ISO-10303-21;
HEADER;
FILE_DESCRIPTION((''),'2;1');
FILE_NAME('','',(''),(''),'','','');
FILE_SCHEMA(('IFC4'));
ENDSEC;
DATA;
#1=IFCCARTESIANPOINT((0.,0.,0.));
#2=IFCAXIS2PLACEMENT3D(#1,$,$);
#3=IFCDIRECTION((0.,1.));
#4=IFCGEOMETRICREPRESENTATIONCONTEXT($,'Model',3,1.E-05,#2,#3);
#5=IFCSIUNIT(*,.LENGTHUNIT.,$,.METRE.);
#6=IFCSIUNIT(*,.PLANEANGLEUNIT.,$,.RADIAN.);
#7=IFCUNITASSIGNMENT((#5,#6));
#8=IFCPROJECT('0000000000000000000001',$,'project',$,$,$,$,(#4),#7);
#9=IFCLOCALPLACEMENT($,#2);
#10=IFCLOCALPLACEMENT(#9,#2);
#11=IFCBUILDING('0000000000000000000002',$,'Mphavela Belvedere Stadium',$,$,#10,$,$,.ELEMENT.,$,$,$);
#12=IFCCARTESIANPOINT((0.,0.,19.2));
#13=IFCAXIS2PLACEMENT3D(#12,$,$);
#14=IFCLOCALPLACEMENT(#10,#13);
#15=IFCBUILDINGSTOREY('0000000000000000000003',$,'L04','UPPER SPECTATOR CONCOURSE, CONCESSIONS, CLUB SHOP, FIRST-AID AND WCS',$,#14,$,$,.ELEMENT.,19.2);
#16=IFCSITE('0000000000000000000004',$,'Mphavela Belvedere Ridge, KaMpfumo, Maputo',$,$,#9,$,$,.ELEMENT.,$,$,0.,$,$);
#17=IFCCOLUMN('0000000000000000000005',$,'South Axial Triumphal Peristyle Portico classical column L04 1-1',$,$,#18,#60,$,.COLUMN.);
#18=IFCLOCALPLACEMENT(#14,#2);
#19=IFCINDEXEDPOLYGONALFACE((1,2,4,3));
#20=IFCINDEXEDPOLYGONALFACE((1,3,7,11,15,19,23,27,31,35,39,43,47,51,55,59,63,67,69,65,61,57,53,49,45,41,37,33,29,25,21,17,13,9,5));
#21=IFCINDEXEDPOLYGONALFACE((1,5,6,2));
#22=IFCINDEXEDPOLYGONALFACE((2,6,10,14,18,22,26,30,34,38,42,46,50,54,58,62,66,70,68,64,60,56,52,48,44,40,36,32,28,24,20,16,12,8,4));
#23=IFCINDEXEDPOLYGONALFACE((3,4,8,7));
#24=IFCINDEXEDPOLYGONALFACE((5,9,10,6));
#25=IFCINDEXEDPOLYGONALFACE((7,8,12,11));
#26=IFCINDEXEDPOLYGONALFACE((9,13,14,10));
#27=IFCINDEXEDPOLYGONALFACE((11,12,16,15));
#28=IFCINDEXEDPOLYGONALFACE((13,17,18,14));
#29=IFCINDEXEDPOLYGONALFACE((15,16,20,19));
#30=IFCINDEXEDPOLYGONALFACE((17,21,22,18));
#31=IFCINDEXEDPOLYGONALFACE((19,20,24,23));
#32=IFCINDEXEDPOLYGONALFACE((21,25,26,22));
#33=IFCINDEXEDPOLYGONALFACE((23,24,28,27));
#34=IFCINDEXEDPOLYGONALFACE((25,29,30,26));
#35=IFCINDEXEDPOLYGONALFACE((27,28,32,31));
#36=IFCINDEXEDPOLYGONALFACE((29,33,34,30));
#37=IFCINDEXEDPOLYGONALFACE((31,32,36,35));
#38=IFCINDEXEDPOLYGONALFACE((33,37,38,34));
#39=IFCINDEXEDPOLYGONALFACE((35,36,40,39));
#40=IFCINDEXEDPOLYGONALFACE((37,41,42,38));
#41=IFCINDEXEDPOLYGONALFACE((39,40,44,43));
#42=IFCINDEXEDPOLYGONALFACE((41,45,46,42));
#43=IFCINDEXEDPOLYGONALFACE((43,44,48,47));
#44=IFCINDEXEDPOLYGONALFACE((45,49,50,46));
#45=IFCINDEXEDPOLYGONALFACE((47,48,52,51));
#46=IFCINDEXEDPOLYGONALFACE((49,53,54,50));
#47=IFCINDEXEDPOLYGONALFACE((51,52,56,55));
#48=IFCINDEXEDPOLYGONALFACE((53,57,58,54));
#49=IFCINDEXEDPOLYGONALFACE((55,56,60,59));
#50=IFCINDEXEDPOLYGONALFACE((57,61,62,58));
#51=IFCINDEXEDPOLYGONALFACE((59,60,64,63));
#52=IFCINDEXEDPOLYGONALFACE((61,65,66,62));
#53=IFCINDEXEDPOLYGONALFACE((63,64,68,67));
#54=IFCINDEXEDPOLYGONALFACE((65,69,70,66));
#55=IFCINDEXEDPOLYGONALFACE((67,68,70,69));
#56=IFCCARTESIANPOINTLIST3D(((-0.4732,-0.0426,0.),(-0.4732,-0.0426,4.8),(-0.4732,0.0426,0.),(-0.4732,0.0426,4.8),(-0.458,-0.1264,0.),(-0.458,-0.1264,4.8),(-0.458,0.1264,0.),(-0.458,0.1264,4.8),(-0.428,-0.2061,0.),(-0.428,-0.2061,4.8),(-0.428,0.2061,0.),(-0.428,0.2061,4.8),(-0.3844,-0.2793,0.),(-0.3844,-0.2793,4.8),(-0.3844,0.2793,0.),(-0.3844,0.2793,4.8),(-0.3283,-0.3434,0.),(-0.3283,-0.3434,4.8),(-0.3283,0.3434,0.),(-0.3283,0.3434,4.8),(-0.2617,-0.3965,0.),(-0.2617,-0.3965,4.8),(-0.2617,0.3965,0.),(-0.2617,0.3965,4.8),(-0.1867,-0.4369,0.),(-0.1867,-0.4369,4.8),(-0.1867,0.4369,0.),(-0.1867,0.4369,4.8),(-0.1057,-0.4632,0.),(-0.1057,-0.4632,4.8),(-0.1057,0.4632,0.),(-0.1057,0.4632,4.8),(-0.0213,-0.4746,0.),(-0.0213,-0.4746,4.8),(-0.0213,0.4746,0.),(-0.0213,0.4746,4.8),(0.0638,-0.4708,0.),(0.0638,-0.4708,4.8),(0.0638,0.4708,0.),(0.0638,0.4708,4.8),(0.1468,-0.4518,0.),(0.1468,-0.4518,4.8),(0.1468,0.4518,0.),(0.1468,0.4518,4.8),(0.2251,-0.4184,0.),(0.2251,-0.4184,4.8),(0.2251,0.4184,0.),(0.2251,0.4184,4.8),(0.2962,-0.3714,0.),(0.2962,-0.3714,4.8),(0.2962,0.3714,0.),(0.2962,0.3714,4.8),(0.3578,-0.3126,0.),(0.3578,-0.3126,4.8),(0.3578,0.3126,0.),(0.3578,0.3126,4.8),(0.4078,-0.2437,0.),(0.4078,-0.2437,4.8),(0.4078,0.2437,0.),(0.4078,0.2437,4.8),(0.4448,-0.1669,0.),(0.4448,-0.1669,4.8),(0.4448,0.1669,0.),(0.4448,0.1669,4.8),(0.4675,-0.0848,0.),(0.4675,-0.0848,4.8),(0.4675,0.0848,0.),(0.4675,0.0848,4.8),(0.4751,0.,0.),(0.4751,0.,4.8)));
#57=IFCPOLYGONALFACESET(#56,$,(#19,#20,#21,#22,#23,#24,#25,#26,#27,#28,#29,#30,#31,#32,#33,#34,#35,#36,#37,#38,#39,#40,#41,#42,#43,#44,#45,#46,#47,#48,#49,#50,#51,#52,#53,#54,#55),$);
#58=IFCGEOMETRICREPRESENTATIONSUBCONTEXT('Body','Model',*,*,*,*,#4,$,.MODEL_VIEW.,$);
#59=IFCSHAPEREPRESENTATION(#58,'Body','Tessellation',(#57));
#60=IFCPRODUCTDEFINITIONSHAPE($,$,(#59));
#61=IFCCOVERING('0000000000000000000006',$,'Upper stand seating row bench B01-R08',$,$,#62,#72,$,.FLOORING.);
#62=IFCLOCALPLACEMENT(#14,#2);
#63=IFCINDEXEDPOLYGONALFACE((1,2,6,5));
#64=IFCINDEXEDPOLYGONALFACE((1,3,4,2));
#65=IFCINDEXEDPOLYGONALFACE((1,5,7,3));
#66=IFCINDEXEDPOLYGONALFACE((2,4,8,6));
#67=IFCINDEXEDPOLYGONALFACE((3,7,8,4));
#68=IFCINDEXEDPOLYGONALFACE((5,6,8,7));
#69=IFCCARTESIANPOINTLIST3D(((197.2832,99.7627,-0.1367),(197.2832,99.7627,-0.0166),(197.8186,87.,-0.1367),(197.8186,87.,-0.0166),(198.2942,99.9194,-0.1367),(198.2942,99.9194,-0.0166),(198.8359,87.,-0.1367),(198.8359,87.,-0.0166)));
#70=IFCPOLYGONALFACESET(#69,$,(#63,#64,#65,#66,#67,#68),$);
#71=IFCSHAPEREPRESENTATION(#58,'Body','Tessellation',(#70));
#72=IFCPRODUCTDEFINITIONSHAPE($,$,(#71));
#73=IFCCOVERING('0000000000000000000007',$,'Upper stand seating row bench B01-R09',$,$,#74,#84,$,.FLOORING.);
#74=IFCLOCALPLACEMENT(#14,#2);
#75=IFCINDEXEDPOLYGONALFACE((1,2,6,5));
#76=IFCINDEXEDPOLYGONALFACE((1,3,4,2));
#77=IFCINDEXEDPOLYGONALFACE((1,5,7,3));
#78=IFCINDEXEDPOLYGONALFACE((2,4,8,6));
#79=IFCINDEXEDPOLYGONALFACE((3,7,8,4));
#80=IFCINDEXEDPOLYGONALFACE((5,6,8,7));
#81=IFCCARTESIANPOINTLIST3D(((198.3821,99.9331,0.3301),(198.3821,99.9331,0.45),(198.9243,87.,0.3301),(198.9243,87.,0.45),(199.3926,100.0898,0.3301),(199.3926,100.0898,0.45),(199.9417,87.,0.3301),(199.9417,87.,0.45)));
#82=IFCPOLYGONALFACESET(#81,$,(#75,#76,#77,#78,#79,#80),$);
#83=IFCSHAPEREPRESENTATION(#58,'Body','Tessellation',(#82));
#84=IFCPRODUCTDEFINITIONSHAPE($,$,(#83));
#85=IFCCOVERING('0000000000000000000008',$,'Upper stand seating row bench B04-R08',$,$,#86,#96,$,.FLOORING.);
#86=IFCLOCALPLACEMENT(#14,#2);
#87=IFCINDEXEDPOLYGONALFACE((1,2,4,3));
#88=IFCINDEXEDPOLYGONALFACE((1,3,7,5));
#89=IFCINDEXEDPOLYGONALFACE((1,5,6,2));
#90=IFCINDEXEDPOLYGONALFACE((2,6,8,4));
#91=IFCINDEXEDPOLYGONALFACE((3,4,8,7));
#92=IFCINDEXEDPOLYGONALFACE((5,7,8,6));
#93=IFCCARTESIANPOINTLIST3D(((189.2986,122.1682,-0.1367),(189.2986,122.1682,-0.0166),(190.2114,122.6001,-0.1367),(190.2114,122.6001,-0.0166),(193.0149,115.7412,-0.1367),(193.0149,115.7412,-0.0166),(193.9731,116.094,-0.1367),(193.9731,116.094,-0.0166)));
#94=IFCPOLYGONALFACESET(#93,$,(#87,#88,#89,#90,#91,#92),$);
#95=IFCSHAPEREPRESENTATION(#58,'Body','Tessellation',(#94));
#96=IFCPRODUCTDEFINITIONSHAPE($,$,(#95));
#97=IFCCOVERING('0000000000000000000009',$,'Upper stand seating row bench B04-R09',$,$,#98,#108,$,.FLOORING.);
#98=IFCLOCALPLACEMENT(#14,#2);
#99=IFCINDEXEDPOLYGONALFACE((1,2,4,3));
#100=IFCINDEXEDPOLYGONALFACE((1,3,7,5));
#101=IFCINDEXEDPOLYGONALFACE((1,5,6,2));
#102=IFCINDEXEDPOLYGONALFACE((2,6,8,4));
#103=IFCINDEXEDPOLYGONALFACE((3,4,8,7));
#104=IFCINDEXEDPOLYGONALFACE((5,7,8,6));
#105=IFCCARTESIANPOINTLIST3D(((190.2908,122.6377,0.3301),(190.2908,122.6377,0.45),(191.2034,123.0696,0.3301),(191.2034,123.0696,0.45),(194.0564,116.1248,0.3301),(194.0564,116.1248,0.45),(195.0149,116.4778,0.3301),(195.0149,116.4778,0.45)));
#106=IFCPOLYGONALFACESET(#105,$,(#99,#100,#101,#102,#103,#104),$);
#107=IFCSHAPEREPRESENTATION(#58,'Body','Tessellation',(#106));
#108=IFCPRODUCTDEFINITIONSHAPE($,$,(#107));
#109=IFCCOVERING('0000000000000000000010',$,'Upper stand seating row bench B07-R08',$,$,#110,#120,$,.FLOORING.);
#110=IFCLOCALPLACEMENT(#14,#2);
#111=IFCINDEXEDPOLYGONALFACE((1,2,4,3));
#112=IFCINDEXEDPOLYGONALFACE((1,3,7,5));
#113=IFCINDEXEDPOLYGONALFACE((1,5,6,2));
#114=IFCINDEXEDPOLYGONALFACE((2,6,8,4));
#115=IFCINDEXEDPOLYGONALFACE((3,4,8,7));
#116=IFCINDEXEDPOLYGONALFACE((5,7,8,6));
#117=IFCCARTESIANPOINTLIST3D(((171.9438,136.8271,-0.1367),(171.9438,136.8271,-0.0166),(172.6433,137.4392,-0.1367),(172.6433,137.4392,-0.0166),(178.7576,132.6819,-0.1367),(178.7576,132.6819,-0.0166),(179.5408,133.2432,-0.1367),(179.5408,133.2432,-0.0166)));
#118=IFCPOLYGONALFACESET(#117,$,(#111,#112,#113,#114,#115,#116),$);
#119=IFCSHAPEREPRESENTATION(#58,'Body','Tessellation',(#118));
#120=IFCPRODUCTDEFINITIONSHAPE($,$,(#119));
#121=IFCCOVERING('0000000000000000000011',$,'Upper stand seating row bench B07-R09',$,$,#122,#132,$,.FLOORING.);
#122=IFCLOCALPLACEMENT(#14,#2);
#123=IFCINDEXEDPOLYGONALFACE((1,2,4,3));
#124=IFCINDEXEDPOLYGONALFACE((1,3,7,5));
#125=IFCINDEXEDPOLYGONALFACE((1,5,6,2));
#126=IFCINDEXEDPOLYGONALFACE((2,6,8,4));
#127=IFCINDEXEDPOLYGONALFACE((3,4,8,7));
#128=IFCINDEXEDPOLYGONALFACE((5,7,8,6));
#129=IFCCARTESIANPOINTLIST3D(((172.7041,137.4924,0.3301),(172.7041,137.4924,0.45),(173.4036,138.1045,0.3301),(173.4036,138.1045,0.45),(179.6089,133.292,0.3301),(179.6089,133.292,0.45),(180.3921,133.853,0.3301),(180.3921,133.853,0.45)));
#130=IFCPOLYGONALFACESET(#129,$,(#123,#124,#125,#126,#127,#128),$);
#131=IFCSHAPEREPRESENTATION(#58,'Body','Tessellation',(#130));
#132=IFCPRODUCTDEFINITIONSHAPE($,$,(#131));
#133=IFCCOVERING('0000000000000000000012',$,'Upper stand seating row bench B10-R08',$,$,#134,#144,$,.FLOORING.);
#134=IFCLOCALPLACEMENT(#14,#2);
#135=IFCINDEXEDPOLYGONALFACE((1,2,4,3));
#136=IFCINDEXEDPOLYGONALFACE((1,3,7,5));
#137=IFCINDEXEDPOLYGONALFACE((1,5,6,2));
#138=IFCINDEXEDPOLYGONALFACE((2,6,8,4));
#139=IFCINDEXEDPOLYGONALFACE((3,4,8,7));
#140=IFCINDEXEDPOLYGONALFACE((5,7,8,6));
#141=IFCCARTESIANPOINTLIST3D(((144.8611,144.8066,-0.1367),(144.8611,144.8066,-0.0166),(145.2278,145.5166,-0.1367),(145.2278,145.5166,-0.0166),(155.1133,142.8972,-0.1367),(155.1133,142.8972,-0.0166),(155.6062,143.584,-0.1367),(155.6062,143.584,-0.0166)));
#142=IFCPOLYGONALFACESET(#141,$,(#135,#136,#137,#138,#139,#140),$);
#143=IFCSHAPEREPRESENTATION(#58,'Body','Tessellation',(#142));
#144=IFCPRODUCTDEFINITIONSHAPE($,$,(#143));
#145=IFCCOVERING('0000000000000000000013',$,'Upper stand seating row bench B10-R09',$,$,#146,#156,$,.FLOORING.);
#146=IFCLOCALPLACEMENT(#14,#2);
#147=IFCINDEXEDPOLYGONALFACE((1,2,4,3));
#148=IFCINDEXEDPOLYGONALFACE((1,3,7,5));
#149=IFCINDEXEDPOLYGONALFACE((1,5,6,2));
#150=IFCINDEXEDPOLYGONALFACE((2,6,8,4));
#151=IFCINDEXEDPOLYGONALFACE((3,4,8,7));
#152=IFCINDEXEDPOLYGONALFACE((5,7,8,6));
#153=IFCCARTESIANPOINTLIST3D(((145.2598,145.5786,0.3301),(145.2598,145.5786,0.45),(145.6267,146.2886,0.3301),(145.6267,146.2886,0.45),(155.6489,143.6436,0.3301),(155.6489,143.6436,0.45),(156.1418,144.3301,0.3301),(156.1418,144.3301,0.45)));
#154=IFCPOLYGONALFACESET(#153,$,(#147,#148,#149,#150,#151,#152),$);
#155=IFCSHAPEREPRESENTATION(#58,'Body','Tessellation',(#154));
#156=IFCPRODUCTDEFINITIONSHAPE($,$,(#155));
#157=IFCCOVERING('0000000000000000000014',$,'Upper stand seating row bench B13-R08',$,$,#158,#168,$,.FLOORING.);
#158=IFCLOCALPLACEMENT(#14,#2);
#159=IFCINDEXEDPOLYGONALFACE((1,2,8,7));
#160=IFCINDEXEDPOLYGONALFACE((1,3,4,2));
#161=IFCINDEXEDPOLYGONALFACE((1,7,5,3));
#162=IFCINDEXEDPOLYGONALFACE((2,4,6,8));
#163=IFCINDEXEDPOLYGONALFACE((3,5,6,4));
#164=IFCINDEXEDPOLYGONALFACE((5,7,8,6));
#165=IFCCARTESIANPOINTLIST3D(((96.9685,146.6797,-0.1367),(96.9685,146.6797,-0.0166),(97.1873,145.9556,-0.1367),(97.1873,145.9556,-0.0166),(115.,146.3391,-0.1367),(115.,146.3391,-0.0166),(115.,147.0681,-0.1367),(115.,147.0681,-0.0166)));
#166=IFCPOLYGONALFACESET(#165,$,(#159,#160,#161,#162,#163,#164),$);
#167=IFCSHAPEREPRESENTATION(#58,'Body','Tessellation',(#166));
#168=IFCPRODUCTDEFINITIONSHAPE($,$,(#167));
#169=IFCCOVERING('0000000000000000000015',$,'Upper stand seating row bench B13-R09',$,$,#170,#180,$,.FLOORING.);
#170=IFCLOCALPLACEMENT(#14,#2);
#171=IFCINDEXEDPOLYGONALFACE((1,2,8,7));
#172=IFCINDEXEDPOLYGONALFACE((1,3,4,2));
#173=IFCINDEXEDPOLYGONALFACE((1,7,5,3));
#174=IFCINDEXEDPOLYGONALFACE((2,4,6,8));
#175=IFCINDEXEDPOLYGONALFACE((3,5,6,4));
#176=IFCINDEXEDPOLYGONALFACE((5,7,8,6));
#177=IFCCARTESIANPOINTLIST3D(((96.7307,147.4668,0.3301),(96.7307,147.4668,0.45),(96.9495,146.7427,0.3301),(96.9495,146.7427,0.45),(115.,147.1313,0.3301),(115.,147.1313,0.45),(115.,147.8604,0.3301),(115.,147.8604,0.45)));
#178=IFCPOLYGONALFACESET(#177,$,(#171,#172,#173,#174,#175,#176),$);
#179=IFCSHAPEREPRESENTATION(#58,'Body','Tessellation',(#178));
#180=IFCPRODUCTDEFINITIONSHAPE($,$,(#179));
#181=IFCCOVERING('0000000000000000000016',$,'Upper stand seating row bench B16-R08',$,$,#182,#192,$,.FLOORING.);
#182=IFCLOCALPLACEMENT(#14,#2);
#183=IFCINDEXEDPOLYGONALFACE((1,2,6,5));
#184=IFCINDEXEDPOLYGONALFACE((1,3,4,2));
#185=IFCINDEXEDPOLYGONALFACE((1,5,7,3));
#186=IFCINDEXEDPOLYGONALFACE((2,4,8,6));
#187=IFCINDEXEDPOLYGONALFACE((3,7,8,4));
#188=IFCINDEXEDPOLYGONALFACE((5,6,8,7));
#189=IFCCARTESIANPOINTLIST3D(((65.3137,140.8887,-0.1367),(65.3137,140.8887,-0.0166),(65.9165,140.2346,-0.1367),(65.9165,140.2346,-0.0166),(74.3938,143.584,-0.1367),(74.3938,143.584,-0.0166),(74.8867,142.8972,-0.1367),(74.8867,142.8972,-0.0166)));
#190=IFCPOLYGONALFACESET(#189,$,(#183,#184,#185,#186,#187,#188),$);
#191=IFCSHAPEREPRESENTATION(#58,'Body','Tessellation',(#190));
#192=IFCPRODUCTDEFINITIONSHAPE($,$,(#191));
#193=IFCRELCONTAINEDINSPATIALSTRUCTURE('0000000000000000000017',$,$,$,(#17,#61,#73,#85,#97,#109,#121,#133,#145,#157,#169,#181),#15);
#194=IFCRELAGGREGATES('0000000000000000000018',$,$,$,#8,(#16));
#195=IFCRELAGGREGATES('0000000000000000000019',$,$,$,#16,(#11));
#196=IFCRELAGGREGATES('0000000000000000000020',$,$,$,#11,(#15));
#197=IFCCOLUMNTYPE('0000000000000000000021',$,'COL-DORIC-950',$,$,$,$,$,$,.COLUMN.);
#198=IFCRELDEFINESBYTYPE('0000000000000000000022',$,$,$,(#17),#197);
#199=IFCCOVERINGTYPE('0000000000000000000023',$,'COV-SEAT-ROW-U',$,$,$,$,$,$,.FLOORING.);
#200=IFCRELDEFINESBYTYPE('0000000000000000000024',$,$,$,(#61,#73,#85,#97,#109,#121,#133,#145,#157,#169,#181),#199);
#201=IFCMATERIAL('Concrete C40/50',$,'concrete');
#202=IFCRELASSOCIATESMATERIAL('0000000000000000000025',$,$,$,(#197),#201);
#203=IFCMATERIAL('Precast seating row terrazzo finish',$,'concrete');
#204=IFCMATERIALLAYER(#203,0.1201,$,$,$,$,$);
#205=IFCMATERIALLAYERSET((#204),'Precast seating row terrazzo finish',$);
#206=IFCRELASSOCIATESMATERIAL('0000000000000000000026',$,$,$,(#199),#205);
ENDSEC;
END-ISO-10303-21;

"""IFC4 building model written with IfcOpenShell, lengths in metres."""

from ifc_helpers import new_model, si_unit, direction, frame, origin, origin_with_axes, origin_2d, place, context, subcontext, project, spatial, polyline, circle, outline, extrude, material, layer, layer_set, material_profile, profile_set, type_object, element, save


model = new_model("IFC4")

# Units and contexts
model_context = context("Model", 3, precision=1e-05, world=origin(), true_north=direction((0.0, 1.0)))
body_context = subcontext(model_context, "Body", "Model", "MODEL_VIEW")
ifc_project = project(units=[si_unit("LENGTHUNIT", "METRE"), si_unit("PLANEANGLEUNIT", "RADIAN")], contexts=[model_context])

# Site, building, storey
site_placement = place(None, origin())
site = spatial("IfcSite", under=ifc_project, at=site_placement, Name="Mphavela Belvedere Ridge, KaMpfumo, Maputo", CompositionType="ELEMENT", RefElevation=0.0)
building_placement = place(site_placement, origin())
building = spatial("IfcBuilding", under=site, at=building_placement, Name="Mphavela Belvedere Stadium", CompositionType="ELEMENT")
storey_placement = place(building_placement, frame((0.0, 0.0, 19.2)))
storey = spatial("IfcBuildingStorey", under=building, at=storey_placement, Name="L04", Description="UPPER SPECTATOR CONCOURSE, CONCESSIONS, CLUB SHOP, FIRST-AID AND WCS", CompositionType="ELEMENT", Elevation=19.2)

# Column
ifc_material_1 = material(Name="Concrete C40/50", Category="concrete")
ifc_material_profile = material_profile(ifc_material_1, circle(Radius=0.4751, at=origin_2d()), Name="COL D950")
ifc_profile_set = profile_set([ifc_material_profile], Name="Concrete C40/50")
column_type = type_object("IfcColumnType", Name="COL-DORIC-950", PredefinedType="COLUMN", material=ifc_profile_set)
column_placement = place(storey_placement, origin_with_axes())
element("IfcColumn", 1, at=column_placement, inside=storey, type_object=column_type, Name="South Axial Triumphal Peristyle Portico classical column L04 1-1", PredefinedType="COLUMN", context=body_context, shape_type="SweptSolid", body=[
    extrude(circle(Radius=0.4751, at=origin_2d()), origin(), (0.0, 0.0, 1.0), 4.8),
])

# Coverings
ifc_material_2 = material(Name="Precast seating row terrazzo finish", Category="concrete")
ifc_layer = layer(ifc_material_2, 0.1201)
ifc_layer_set = layer_set([ifc_layer], Name="Precast seating row terrazzo finish")
covering_type = type_object("IfcCoveringType", Name="COV-SEAT-ROW-U", PredefinedType="FLOORING", material=ifc_layer_set)
covering_1_placement = place(storey_placement, frame((0.0, 0.0, -0.1367)))
element("IfcCovering", 2, at=covering_1_placement, inside=storey, type_object=covering_type, Name="Upper stand seating row bench B01-R08", PredefinedType="FLOORING", context=body_context, shape_type="SweptSolid", body=[
    extrude(outline(polyline([(197.8186, 87.0), (197.2832, 99.7627), (198.2942, 99.9194), (198.8359, 87.0), (197.8186, 87.0)])), origin(), (0.0, 0.0, 1.0), 0.1201),
])
covering_2_placement = place(storey_placement, frame((0.0, 0.0, 0.3301)))
element("IfcCovering", 3, at=covering_2_placement, inside=storey, type_object=covering_type, Name="Upper stand seating row bench B01-R09", PredefinedType="FLOORING", context=body_context, shape_type="SweptSolid", body=[
    extrude(outline(polyline([(198.9243, 87.0), (198.3821, 99.9331), (199.3926, 100.0898), (199.9417, 87.0), (198.9243, 87.0)])), origin(), (0.0, 0.0, 1.0), 0.1199),
])
covering_3_placement = place(storey_placement, frame((0.0, 0.0, -0.1367)))
element("IfcCovering", 4, at=covering_3_placement, inside=storey, type_object=covering_type, Name="Upper stand seating row bench B04-R08", PredefinedType="FLOORING", context=body_context, shape_type="SweptSolid", body=[
    extrude(outline(polyline([(193.0149, 115.7412), (189.2986, 122.1682), (190.2114, 122.6001), (193.9731, 116.094), (193.0149, 115.7412)])), origin(), (0.0, 0.0, 1.0), 0.1201),
])
covering_4_placement = place(storey_placement, frame((0.0, 0.0, 0.3301)))
element("IfcCovering", 5, at=covering_4_placement, inside=storey, type_object=covering_type, Name="Upper stand seating row bench B04-R09", PredefinedType="FLOORING", context=body_context, shape_type="SweptSolid", body=[
    extrude(outline(polyline([(194.0564, 116.1248), (190.2908, 122.6377), (191.2034, 123.0696), (195.0149, 116.4778), (194.0564, 116.1248)])), origin(), (0.0, 0.0, 1.0), 0.1199),
])
covering_5_placement = place(storey_placement, frame((0.0, 0.0, -0.1367)))
element("IfcCovering", 6, at=covering_5_placement, inside=storey, type_object=covering_type, Name="Upper stand seating row bench B07-R08", PredefinedType="FLOORING", context=body_context, shape_type="SweptSolid", body=[
    extrude(outline(polyline([(178.7576, 132.6819), (171.9438, 136.8271), (172.6433, 137.4392), (179.5408, 133.2432), (178.7576, 132.6819)])), origin(), (0.0, 0.0, 1.0), 0.1201),
])
covering_6_placement = place(storey_placement, frame((0.0, 0.0, 0.3301)))
element("IfcCovering", 7, at=covering_6_placement, inside=storey, type_object=covering_type, Name="Upper stand seating row bench B07-R09", PredefinedType="FLOORING", context=body_context, shape_type="SweptSolid", body=[
    extrude(outline(polyline([(179.6089, 133.292), (172.7041, 137.4924), (173.4036, 138.1045), (180.3921, 133.853), (179.6089, 133.292)])), origin(), (0.0, 0.0, 1.0), 0.1199),
])
covering_7_placement = place(storey_placement, frame((0.0, 0.0, -0.1367)))
element("IfcCovering", 8, at=covering_7_placement, inside=storey, type_object=covering_type, Name="Upper stand seating row bench B10-R08", PredefinedType="FLOORING", context=body_context, shape_type="SweptSolid", body=[
    extrude(outline(polyline([(155.1133, 142.8972), (144.8611, 144.8066), (145.2278, 145.5166), (155.6062, 143.584), (155.1133, 142.8972)])), origin(), (0.0, 0.0, 1.0), 0.1201),
])
covering_8_placement = place(storey_placement, frame((0.0, 0.0, 0.3301)))
element("IfcCovering", 9, at=covering_8_placement, inside=storey, type_object=covering_type, Name="Upper stand seating row bench B10-R09", PredefinedType="FLOORING", context=body_context, shape_type="SweptSolid", body=[
    extrude(outline(polyline([(155.6489, 143.6436), (145.2598, 145.5786), (145.6267, 146.2886), (156.1418, 144.3301), (155.6489, 143.6436)])), origin(), (0.0, 0.0, 1.0), 0.1199),
])
covering_9_placement = place(storey_placement, frame((0.0, 0.0, -0.1367)))
element("IfcCovering", 10, at=covering_9_placement, inside=storey, type_object=covering_type, Name="Upper stand seating row bench B13-R08", PredefinedType="FLOORING", context=body_context, shape_type="SweptSolid", body=[
    extrude(outline(polyline([(115.0, 146.3391), (97.1873, 145.9556), (96.9685, 146.6797), (115.0, 147.0681), (115.0, 146.3391)])), origin(), (0.0, 0.0, 1.0), 0.1201),
])
covering_10_placement = place(storey_placement, frame((0.0, 0.0, 0.3301)))
element("IfcCovering", 11, at=covering_10_placement, inside=storey, type_object=covering_type, Name="Upper stand seating row bench B13-R09", PredefinedType="FLOORING", context=body_context, shape_type="SweptSolid", body=[
    extrude(outline(polyline([(115.0, 147.1313), (96.9495, 146.7427), (96.7307, 147.4668), (115.0, 147.8604), (115.0, 147.1313)])), origin(), (0.0, 0.0, 1.0), 0.1199),
])
covering_11_placement = place(storey_placement, frame((0.0, 0.0, -0.1367)))
element("IfcCovering", 12, at=covering_11_placement, inside=storey, type_object=covering_type, Name="Upper stand seating row bench B16-R08", PredefinedType="FLOORING", context=body_context, shape_type="SweptSolid", body=[
    extrude(outline(polyline([(74.8867, 142.8972), (65.9165, 140.2346), (65.3137, 140.8887), (74.3938, 143.584), (74.8867, 142.8972)])), origin(), (0.0, 0.0, 1.0), 0.1201),
])

save(model, "model.ifc")
